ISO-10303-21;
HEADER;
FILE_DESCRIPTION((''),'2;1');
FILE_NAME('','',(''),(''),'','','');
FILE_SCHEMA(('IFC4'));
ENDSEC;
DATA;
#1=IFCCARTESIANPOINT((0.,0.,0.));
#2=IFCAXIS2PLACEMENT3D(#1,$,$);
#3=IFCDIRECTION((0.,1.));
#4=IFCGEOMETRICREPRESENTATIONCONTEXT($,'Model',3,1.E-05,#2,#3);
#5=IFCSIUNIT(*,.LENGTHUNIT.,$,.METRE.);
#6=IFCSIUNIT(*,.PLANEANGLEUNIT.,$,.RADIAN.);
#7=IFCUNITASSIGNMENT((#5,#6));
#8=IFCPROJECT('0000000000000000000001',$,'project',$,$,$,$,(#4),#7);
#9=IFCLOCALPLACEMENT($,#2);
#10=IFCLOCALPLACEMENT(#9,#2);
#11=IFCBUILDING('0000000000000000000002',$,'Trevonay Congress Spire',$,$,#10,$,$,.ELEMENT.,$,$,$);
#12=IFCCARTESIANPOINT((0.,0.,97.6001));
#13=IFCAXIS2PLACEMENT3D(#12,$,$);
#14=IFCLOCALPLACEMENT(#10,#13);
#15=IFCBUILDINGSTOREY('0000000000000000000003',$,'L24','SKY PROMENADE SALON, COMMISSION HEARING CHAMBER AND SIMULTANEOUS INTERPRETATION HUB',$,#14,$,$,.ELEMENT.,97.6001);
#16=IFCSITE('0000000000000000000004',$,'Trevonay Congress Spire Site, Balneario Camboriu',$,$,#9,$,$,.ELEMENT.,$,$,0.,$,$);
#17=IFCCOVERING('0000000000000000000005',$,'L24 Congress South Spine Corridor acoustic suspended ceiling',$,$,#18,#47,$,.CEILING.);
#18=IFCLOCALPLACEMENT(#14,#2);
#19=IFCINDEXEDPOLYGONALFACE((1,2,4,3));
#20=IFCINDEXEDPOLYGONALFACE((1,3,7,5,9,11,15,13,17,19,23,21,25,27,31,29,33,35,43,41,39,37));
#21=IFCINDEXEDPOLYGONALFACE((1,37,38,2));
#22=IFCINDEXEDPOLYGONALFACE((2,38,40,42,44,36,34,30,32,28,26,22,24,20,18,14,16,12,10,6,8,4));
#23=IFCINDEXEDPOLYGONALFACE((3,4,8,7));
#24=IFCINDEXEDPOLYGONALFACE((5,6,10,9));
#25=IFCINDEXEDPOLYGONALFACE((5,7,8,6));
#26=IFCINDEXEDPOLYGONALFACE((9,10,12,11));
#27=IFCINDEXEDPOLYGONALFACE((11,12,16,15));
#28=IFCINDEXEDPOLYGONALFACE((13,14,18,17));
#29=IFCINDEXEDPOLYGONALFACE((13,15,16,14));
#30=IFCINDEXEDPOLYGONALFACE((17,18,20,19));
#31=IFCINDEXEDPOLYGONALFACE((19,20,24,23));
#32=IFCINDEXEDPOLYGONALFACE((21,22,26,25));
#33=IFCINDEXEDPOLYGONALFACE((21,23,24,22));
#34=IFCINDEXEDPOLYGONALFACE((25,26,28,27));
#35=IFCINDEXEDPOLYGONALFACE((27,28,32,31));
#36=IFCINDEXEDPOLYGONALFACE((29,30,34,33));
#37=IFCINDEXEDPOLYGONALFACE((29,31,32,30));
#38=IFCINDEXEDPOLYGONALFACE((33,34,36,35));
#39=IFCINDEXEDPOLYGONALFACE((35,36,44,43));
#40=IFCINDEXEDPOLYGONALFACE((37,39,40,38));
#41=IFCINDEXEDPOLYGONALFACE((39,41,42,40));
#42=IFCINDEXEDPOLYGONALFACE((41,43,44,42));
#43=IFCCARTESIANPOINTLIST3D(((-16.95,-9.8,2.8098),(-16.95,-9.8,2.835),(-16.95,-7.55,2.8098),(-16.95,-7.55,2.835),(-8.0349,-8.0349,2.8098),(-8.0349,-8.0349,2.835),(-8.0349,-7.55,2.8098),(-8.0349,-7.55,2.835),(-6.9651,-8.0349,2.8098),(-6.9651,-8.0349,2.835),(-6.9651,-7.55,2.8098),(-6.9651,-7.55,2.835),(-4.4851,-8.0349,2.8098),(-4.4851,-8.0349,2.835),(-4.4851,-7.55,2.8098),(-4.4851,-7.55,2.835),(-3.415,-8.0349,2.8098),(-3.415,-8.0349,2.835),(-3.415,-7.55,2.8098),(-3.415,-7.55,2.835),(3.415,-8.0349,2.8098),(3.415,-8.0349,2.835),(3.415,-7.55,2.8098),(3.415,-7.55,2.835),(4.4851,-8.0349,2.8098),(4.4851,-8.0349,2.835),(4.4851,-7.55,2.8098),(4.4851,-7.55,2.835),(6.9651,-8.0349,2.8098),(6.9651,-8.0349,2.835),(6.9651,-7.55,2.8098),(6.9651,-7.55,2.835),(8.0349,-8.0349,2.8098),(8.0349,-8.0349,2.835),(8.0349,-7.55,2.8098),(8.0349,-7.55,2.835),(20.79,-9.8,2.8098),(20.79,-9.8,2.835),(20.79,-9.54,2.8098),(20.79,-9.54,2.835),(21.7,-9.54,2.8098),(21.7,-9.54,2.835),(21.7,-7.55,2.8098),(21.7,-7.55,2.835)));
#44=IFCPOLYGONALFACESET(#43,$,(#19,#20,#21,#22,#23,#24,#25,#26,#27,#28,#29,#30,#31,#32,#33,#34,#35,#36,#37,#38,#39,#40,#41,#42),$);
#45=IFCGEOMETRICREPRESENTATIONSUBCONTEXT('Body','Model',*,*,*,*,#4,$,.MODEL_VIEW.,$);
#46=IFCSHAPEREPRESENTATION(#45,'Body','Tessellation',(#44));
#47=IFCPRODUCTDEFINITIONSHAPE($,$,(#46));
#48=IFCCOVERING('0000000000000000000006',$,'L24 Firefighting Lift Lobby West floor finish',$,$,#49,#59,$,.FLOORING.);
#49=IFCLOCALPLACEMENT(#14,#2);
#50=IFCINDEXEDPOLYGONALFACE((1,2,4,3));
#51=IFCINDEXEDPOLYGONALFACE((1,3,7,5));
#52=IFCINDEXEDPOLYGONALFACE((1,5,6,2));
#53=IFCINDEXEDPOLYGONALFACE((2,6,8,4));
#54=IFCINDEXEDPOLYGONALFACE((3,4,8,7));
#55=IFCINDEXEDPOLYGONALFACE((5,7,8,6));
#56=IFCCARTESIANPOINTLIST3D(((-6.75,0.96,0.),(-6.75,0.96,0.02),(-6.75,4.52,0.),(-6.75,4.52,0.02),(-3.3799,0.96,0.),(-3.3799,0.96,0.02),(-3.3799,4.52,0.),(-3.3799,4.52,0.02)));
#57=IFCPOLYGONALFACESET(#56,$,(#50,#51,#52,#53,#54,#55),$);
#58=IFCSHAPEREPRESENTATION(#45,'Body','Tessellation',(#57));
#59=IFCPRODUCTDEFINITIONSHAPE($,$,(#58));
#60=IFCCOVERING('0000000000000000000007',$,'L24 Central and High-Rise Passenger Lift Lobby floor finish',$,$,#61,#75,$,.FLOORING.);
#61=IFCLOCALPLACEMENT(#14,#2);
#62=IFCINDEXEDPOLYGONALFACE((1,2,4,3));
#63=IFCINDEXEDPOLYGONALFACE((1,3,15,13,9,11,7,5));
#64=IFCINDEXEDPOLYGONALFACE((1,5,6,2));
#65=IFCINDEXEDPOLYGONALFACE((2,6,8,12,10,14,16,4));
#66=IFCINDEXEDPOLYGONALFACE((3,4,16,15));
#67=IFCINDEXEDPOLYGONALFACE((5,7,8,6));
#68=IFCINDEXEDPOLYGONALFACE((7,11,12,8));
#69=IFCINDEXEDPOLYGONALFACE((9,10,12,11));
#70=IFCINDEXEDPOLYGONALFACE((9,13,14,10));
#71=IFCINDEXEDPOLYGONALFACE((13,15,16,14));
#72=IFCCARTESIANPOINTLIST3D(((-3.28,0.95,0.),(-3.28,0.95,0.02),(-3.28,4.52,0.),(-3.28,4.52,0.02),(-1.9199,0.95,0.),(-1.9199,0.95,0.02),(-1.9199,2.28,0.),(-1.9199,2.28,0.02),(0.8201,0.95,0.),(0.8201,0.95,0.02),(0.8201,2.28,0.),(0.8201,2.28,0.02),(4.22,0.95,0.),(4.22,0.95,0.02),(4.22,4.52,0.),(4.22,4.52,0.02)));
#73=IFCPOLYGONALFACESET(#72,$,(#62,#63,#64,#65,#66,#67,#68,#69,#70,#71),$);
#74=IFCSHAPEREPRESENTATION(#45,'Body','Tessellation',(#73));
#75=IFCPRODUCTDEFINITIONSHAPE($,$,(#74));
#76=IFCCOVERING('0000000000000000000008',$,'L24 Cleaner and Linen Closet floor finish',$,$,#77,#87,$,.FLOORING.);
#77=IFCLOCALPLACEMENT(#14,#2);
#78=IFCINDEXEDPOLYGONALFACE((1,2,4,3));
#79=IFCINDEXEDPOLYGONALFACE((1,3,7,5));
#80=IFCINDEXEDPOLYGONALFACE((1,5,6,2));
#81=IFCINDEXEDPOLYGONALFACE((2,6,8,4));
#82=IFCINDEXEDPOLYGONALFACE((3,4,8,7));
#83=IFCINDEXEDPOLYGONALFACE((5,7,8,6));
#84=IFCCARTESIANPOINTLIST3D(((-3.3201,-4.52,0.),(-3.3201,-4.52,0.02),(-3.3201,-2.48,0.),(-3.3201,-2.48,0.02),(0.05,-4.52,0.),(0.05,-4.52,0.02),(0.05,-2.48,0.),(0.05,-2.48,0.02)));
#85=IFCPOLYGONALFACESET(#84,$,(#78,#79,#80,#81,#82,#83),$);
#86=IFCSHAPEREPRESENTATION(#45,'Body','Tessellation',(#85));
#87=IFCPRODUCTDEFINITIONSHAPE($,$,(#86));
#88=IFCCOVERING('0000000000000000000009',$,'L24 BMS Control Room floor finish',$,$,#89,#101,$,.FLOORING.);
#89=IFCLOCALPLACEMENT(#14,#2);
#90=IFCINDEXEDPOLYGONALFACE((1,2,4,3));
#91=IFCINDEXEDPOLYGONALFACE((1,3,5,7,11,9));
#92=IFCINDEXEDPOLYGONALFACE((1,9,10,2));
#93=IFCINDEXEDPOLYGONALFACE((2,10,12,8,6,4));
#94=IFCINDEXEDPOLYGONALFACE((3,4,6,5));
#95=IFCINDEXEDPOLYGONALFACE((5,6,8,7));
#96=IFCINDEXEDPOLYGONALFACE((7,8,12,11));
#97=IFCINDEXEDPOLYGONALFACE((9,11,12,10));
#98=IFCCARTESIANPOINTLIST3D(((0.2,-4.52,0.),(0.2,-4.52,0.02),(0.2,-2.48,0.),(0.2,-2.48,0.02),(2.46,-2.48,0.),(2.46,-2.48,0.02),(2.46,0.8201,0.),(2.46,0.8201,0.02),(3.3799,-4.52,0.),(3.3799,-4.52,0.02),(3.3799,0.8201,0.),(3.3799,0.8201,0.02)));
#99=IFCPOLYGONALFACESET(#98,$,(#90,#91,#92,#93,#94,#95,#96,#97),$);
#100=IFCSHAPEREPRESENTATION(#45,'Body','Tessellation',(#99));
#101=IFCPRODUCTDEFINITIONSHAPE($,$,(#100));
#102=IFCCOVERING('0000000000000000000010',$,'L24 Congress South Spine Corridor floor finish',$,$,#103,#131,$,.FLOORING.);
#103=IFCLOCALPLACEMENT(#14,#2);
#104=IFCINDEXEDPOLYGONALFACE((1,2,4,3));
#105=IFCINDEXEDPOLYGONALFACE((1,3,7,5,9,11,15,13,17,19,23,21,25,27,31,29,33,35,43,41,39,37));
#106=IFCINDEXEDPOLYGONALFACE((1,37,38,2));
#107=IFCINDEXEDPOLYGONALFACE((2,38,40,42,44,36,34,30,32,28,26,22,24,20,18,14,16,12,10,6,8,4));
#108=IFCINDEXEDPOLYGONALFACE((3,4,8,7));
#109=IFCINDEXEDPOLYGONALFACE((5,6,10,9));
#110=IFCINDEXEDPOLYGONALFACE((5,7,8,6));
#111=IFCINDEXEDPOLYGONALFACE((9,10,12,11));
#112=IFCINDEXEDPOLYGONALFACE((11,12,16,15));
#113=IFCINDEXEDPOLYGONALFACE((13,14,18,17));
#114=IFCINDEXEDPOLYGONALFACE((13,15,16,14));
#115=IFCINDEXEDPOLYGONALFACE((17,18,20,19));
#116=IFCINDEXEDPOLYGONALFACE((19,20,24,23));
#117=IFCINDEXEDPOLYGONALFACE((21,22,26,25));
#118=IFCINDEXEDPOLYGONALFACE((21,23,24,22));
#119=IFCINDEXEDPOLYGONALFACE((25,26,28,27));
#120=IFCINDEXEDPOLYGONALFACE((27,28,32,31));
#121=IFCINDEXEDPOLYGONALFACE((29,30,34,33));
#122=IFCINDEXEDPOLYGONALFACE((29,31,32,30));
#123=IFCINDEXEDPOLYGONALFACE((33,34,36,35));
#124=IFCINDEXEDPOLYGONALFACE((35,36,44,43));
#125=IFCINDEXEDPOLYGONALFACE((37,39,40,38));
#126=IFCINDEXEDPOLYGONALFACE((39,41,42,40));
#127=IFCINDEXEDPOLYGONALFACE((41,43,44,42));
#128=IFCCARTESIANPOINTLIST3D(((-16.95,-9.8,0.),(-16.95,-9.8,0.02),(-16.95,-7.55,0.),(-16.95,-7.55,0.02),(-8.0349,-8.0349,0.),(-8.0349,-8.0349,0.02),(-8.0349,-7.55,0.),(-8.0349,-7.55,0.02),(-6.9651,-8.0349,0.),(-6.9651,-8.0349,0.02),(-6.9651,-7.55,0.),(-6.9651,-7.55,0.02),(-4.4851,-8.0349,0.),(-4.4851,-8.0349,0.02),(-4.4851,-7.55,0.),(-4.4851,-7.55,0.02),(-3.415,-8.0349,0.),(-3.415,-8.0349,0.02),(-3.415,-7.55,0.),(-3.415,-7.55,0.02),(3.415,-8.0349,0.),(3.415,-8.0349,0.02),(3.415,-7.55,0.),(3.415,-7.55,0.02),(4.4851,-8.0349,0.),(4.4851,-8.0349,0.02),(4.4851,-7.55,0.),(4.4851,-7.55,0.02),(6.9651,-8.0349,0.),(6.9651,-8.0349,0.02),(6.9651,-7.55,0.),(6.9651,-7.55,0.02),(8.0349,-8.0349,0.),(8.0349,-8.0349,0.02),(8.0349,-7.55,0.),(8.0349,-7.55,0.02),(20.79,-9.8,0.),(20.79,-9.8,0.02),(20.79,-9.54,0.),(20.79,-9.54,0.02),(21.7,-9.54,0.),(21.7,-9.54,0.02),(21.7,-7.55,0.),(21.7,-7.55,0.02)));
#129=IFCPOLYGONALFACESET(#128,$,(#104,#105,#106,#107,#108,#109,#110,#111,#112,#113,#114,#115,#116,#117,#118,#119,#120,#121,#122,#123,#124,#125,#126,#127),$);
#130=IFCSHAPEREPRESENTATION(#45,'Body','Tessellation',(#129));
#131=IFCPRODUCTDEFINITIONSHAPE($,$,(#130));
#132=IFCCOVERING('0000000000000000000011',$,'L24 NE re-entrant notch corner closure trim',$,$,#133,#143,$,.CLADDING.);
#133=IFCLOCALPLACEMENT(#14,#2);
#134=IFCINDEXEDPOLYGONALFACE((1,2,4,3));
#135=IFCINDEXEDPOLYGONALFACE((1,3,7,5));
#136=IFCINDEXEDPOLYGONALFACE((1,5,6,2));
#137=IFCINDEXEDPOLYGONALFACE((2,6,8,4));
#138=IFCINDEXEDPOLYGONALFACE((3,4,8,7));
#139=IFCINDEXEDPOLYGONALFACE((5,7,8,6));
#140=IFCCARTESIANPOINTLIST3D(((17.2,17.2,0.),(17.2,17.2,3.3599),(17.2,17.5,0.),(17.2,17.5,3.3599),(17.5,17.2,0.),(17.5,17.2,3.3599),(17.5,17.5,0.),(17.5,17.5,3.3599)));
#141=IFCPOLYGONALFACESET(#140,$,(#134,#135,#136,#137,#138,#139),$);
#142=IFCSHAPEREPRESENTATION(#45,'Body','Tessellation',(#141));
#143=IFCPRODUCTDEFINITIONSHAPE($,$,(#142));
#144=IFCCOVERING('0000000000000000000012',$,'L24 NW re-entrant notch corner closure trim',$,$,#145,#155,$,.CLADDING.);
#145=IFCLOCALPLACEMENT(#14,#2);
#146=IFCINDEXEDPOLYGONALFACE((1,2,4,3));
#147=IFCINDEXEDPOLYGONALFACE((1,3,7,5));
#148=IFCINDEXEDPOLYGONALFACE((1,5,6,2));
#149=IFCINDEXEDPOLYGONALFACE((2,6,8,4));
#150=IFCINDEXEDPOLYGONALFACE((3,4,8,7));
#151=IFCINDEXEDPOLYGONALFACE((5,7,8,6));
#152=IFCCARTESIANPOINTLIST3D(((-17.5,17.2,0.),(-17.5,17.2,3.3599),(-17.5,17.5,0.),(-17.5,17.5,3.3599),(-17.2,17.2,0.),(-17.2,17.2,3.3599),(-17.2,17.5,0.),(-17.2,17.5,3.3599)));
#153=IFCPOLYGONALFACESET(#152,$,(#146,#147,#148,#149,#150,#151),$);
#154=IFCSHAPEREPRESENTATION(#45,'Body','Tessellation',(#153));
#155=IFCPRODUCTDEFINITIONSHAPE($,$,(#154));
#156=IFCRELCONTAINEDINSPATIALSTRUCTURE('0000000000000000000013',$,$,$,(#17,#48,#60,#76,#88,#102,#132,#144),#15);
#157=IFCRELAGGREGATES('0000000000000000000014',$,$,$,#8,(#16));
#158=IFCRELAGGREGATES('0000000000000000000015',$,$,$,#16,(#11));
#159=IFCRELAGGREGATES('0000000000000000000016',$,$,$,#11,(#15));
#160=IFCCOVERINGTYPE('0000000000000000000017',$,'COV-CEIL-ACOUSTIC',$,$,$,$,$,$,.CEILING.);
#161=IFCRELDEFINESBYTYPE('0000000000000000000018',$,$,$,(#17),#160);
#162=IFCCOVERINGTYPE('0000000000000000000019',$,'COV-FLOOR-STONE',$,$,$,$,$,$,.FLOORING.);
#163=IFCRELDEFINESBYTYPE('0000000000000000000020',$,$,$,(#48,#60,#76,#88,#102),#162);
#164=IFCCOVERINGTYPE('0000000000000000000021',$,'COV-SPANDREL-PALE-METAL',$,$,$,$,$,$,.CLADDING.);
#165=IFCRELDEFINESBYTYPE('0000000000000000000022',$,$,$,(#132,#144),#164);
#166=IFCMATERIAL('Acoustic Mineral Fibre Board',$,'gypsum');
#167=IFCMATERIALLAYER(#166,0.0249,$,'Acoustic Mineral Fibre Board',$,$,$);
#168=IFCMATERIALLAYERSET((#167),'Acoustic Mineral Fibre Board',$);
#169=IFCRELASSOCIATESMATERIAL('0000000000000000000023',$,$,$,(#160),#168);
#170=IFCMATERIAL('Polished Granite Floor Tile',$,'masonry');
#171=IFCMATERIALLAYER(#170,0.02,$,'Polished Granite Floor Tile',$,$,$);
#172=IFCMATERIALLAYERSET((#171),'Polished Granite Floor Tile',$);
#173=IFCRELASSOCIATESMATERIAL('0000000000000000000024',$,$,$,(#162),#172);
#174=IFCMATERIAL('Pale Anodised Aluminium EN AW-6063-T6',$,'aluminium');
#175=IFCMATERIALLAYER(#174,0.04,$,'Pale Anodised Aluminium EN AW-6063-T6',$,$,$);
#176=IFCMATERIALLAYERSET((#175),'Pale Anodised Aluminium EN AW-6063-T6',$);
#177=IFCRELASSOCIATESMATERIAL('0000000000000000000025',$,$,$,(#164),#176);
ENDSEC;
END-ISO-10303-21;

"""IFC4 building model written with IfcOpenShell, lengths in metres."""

from ifc_helpers import new_model, si_unit, direction, frame, origin, place, context, subcontext, project, spatial, polyline, outline, extrude, material, layer, layer_set, type_object, element, save


model = new_model("IFC4")

# Units and contexts
model_context = context("Model", 3, precision=1e-05, world=origin(), true_north=direction((0.0, 1.0)))
body_context = subcontext(model_context, "Body", "Model", "MODEL_VIEW")
ifc_project = project(units=[si_unit("LENGTHUNIT", "METRE"), si_unit("PLANEANGLEUNIT", "RADIAN")], contexts=[model_context])

# Site, building, storey
site_placement = place(None, origin())
site = spatial("IfcSite", under=ifc_project, at=site_placement, Name="Trevonay Congress Spire Site, Balneario Camboriu", CompositionType="ELEMENT", RefElevation=0.0)
building_placement = place(site_placement, origin())
building = spatial("IfcBuilding", under=site, at=building_placement, Name="Trevonay Congress Spire", CompositionType="ELEMENT")
storey_placement = place(building_placement, frame((0.0, 0.0, 97.6001)))
storey = spatial("IfcBuildingStorey", under=building, at=storey_placement, Name="L24", Description="SKY PROMENADE SALON, COMMISSION HEARING CHAMBER AND SIMULTANEOUS INTERPRETATION HUB", CompositionType="ELEMENT", Elevation=97.6001)

# Shared definitions
ifc_material_1 = material(Name="Pale Anodised Aluminium EN AW-6063-T6", Category="aluminium")

# Coverings
ifc_material_2 = material(Name="Acoustic Mineral Fibre Board", Category="gypsum")
ifc_layer_1 = layer(ifc_material_2, 0.0249, Name="Acoustic Mineral Fibre Board")
ifc_layer_set_1 = layer_set([ifc_layer_1], Name="Acoustic Mineral Fibre Board")
covering_type_1 = type_object("IfcCoveringType", Name="COV-CEIL-ACOUSTIC", PredefinedType="CEILING", material=ifc_layer_set_1)
covering_1_placement = place(storey_placement, frame((0.0, 0.0, 2.8098)))
element("IfcCovering", 1, at=covering_1_placement, inside=storey, type_object=covering_type_1, Name="L24 Congress South Spine Corridor acoustic suspended ceiling", PredefinedType="CEILING", context=body_context, shape_type="SweptSolid", body=[
    extrude(outline(polyline([(-16.95, -9.8), (-16.95, -7.55), (-8.0349, -7.55), (-8.0349, -8.0349), (-6.9651, -8.0349), (-6.9651, -7.55), (-4.4851, -7.55), (-4.4851, -8.0349), (-3.415, -8.0349), (-3.415, -7.55), (3.415, -7.55), (3.415, -8.0349), (4.4851, -8.0349), (4.4851, -7.55), (6.9651, -7.55), (6.9651, -8.0349), (8.0349, -8.0349), (8.0349, -7.55), (21.7, -7.55), (21.7, -9.54), (20.79, -9.54), (20.79, -9.8), (-16.95, -9.8)])), origin(), (0.0, 0.0, 1.0), 0.0251),
])
ifc_material_3 = material(Name="Polished Granite Floor Tile", Category="masonry")
ifc_layer_2 = layer(ifc_material_3, 0.02, Name="Polished Granite Floor Tile")
ifc_layer_set_2 = layer_set([ifc_layer_2], Name="Polished Granite Floor Tile")
covering_type_2 = type_object("IfcCoveringType", Name="COV-FLOOR-STONE", PredefinedType="FLOORING", material=ifc_layer_set_2)
covering_2_placement = place(storey_placement, origin())
element("IfcCovering", 2, at=covering_2_placement, inside=storey, type_object=covering_type_2, Name="L24 Firefighting Lift Lobby West floor finish", PredefinedType="FLOORING", context=body_context, shape_type="SweptSolid", body=[
    extrude(outline(polyline([(-6.75, 0.96), (-3.3799, 0.96), (-3.3799, 4.52), (-6.75, 4.52), (-6.75, 0.96)])), origin(), (0.0, 0.0, 1.0), 0.02),
])
covering_3_placement = place(storey_placement, origin())
element("IfcCovering", 3, at=covering_3_placement, inside=storey, type_object=covering_type_2, Name="L24 Central and High-Rise Passenger Lift Lobby floor finish", PredefinedType="FLOORING", context=body_context, shape_type="SweptSolid", body=[
    extrude(outline(polyline([(-3.28, 0.95), (-1.9199, 0.95), (-1.9199, 2.28), (0.8201, 2.28), (0.8201, 0.95), (4.22, 0.95), (4.22, 4.52), (-3.28, 4.52), (-3.28, 0.95)])), origin(), (0.0, 0.0, 1.0), 0.02),
])
covering_4_placement = place(storey_placement, origin())
element("IfcCovering", 4, at=covering_4_placement, inside=storey, type_object=covering_type_2, Name="L24 Cleaner and Linen Closet floor finish", PredefinedType="FLOORING", context=body_context, shape_type="SweptSolid", body=[
    extrude(outline(polyline([(-3.3201, -4.52), (0.05, -4.52), (0.05, -2.48), (-3.3201, -2.48), (-3.3201, -4.52)])), origin(), (0.0, 0.0, 1.0), 0.02),
])
covering_5_placement = place(storey_placement, origin())
element("IfcCovering", 5, at=covering_5_placement, inside=storey, type_object=covering_type_2, Name="L24 BMS Control Room floor finish", PredefinedType="FLOORING", context=body_context, shape_type="SweptSolid", body=[
    extrude(outline(polyline([(0.2, -4.52), (3.3799, -4.52), (3.3799, 0.8201), (2.46, 0.8201), (2.46, -2.48), (0.2, -2.48), (0.2, -4.52)])), origin(), (0.0, 0.0, 1.0), 0.02),
])
covering_6_placement = place(storey_placement, origin())
element("IfcCovering", 6, at=covering_6_placement, inside=storey, type_object=covering_type_2, Name="L24 Congress South Spine Corridor floor finish", PredefinedType="FLOORING", context=body_context, shape_type="SweptSolid", body=[
    extrude(outline(polyline([(-16.95, -9.8), (-16.95, -7.55), (-8.0349, -7.55), (-8.0349, -8.0349), (-6.9651, -8.0349), (-6.9651, -7.55), (-4.4851, -7.55), (-4.4851, -8.0349), (-3.415, -8.0349), (-3.415, -7.55), (3.415, -7.55), (3.415, -8.0349), (4.4851, -8.0349), (4.4851, -7.55), (6.9651, -7.55), (6.9651, -8.0349), (8.0349, -8.0349), (8.0349, -7.55), (21.7, -7.55), (21.7, -9.54), (20.79, -9.54), (20.79, -9.8), (-16.95, -9.8)])), origin(), (0.0, 0.0, 1.0), 0.02),
])
ifc_layer_3 = layer(ifc_material_1, 0.04, Name="Pale Anodised Aluminium EN AW-6063-T6")
ifc_layer_set_3 = layer_set([ifc_layer_3], Name="Pale Anodised Aluminium EN AW-6063-T6")
covering_type_3 = type_object("IfcCoveringType", Name="COV-SPANDREL-PALE-METAL", PredefinedType="CLADDING", material=ifc_layer_set_3)
covering_7_placement = place(storey_placement, origin())
element("IfcCovering", 7, at=covering_7_placement, inside=storey, type_object=covering_type_3, Name="L24 NE re-entrant notch corner closure trim", PredefinedType="CLADDING", context=body_context, shape_type="SweptSolid", body=[
    extrude(outline(polyline([(17.2, 17.2), (17.5, 17.2), (17.5, 17.5), (17.2, 17.5), (17.2, 17.2)])), origin(), (0.0, 0.0, 1.0), 3.3599),
])
covering_8_placement = place(storey_placement, origin())
element("IfcCovering", 8, at=covering_8_placement, inside=storey, type_object=covering_type_3, Name="L24 NW re-entrant notch corner closure trim", PredefinedType="CLADDING", context=body_context, shape_type="SweptSolid", body=[
    extrude(outline(polyline([(-17.5, 17.2), (-17.2, 17.2), (-17.2, 17.5), (-17.5, 17.5), (-17.5, 17.2)])), origin(), (0.0, 0.0, 1.0), 3.3599),
])

save(model, "model.ifc")
